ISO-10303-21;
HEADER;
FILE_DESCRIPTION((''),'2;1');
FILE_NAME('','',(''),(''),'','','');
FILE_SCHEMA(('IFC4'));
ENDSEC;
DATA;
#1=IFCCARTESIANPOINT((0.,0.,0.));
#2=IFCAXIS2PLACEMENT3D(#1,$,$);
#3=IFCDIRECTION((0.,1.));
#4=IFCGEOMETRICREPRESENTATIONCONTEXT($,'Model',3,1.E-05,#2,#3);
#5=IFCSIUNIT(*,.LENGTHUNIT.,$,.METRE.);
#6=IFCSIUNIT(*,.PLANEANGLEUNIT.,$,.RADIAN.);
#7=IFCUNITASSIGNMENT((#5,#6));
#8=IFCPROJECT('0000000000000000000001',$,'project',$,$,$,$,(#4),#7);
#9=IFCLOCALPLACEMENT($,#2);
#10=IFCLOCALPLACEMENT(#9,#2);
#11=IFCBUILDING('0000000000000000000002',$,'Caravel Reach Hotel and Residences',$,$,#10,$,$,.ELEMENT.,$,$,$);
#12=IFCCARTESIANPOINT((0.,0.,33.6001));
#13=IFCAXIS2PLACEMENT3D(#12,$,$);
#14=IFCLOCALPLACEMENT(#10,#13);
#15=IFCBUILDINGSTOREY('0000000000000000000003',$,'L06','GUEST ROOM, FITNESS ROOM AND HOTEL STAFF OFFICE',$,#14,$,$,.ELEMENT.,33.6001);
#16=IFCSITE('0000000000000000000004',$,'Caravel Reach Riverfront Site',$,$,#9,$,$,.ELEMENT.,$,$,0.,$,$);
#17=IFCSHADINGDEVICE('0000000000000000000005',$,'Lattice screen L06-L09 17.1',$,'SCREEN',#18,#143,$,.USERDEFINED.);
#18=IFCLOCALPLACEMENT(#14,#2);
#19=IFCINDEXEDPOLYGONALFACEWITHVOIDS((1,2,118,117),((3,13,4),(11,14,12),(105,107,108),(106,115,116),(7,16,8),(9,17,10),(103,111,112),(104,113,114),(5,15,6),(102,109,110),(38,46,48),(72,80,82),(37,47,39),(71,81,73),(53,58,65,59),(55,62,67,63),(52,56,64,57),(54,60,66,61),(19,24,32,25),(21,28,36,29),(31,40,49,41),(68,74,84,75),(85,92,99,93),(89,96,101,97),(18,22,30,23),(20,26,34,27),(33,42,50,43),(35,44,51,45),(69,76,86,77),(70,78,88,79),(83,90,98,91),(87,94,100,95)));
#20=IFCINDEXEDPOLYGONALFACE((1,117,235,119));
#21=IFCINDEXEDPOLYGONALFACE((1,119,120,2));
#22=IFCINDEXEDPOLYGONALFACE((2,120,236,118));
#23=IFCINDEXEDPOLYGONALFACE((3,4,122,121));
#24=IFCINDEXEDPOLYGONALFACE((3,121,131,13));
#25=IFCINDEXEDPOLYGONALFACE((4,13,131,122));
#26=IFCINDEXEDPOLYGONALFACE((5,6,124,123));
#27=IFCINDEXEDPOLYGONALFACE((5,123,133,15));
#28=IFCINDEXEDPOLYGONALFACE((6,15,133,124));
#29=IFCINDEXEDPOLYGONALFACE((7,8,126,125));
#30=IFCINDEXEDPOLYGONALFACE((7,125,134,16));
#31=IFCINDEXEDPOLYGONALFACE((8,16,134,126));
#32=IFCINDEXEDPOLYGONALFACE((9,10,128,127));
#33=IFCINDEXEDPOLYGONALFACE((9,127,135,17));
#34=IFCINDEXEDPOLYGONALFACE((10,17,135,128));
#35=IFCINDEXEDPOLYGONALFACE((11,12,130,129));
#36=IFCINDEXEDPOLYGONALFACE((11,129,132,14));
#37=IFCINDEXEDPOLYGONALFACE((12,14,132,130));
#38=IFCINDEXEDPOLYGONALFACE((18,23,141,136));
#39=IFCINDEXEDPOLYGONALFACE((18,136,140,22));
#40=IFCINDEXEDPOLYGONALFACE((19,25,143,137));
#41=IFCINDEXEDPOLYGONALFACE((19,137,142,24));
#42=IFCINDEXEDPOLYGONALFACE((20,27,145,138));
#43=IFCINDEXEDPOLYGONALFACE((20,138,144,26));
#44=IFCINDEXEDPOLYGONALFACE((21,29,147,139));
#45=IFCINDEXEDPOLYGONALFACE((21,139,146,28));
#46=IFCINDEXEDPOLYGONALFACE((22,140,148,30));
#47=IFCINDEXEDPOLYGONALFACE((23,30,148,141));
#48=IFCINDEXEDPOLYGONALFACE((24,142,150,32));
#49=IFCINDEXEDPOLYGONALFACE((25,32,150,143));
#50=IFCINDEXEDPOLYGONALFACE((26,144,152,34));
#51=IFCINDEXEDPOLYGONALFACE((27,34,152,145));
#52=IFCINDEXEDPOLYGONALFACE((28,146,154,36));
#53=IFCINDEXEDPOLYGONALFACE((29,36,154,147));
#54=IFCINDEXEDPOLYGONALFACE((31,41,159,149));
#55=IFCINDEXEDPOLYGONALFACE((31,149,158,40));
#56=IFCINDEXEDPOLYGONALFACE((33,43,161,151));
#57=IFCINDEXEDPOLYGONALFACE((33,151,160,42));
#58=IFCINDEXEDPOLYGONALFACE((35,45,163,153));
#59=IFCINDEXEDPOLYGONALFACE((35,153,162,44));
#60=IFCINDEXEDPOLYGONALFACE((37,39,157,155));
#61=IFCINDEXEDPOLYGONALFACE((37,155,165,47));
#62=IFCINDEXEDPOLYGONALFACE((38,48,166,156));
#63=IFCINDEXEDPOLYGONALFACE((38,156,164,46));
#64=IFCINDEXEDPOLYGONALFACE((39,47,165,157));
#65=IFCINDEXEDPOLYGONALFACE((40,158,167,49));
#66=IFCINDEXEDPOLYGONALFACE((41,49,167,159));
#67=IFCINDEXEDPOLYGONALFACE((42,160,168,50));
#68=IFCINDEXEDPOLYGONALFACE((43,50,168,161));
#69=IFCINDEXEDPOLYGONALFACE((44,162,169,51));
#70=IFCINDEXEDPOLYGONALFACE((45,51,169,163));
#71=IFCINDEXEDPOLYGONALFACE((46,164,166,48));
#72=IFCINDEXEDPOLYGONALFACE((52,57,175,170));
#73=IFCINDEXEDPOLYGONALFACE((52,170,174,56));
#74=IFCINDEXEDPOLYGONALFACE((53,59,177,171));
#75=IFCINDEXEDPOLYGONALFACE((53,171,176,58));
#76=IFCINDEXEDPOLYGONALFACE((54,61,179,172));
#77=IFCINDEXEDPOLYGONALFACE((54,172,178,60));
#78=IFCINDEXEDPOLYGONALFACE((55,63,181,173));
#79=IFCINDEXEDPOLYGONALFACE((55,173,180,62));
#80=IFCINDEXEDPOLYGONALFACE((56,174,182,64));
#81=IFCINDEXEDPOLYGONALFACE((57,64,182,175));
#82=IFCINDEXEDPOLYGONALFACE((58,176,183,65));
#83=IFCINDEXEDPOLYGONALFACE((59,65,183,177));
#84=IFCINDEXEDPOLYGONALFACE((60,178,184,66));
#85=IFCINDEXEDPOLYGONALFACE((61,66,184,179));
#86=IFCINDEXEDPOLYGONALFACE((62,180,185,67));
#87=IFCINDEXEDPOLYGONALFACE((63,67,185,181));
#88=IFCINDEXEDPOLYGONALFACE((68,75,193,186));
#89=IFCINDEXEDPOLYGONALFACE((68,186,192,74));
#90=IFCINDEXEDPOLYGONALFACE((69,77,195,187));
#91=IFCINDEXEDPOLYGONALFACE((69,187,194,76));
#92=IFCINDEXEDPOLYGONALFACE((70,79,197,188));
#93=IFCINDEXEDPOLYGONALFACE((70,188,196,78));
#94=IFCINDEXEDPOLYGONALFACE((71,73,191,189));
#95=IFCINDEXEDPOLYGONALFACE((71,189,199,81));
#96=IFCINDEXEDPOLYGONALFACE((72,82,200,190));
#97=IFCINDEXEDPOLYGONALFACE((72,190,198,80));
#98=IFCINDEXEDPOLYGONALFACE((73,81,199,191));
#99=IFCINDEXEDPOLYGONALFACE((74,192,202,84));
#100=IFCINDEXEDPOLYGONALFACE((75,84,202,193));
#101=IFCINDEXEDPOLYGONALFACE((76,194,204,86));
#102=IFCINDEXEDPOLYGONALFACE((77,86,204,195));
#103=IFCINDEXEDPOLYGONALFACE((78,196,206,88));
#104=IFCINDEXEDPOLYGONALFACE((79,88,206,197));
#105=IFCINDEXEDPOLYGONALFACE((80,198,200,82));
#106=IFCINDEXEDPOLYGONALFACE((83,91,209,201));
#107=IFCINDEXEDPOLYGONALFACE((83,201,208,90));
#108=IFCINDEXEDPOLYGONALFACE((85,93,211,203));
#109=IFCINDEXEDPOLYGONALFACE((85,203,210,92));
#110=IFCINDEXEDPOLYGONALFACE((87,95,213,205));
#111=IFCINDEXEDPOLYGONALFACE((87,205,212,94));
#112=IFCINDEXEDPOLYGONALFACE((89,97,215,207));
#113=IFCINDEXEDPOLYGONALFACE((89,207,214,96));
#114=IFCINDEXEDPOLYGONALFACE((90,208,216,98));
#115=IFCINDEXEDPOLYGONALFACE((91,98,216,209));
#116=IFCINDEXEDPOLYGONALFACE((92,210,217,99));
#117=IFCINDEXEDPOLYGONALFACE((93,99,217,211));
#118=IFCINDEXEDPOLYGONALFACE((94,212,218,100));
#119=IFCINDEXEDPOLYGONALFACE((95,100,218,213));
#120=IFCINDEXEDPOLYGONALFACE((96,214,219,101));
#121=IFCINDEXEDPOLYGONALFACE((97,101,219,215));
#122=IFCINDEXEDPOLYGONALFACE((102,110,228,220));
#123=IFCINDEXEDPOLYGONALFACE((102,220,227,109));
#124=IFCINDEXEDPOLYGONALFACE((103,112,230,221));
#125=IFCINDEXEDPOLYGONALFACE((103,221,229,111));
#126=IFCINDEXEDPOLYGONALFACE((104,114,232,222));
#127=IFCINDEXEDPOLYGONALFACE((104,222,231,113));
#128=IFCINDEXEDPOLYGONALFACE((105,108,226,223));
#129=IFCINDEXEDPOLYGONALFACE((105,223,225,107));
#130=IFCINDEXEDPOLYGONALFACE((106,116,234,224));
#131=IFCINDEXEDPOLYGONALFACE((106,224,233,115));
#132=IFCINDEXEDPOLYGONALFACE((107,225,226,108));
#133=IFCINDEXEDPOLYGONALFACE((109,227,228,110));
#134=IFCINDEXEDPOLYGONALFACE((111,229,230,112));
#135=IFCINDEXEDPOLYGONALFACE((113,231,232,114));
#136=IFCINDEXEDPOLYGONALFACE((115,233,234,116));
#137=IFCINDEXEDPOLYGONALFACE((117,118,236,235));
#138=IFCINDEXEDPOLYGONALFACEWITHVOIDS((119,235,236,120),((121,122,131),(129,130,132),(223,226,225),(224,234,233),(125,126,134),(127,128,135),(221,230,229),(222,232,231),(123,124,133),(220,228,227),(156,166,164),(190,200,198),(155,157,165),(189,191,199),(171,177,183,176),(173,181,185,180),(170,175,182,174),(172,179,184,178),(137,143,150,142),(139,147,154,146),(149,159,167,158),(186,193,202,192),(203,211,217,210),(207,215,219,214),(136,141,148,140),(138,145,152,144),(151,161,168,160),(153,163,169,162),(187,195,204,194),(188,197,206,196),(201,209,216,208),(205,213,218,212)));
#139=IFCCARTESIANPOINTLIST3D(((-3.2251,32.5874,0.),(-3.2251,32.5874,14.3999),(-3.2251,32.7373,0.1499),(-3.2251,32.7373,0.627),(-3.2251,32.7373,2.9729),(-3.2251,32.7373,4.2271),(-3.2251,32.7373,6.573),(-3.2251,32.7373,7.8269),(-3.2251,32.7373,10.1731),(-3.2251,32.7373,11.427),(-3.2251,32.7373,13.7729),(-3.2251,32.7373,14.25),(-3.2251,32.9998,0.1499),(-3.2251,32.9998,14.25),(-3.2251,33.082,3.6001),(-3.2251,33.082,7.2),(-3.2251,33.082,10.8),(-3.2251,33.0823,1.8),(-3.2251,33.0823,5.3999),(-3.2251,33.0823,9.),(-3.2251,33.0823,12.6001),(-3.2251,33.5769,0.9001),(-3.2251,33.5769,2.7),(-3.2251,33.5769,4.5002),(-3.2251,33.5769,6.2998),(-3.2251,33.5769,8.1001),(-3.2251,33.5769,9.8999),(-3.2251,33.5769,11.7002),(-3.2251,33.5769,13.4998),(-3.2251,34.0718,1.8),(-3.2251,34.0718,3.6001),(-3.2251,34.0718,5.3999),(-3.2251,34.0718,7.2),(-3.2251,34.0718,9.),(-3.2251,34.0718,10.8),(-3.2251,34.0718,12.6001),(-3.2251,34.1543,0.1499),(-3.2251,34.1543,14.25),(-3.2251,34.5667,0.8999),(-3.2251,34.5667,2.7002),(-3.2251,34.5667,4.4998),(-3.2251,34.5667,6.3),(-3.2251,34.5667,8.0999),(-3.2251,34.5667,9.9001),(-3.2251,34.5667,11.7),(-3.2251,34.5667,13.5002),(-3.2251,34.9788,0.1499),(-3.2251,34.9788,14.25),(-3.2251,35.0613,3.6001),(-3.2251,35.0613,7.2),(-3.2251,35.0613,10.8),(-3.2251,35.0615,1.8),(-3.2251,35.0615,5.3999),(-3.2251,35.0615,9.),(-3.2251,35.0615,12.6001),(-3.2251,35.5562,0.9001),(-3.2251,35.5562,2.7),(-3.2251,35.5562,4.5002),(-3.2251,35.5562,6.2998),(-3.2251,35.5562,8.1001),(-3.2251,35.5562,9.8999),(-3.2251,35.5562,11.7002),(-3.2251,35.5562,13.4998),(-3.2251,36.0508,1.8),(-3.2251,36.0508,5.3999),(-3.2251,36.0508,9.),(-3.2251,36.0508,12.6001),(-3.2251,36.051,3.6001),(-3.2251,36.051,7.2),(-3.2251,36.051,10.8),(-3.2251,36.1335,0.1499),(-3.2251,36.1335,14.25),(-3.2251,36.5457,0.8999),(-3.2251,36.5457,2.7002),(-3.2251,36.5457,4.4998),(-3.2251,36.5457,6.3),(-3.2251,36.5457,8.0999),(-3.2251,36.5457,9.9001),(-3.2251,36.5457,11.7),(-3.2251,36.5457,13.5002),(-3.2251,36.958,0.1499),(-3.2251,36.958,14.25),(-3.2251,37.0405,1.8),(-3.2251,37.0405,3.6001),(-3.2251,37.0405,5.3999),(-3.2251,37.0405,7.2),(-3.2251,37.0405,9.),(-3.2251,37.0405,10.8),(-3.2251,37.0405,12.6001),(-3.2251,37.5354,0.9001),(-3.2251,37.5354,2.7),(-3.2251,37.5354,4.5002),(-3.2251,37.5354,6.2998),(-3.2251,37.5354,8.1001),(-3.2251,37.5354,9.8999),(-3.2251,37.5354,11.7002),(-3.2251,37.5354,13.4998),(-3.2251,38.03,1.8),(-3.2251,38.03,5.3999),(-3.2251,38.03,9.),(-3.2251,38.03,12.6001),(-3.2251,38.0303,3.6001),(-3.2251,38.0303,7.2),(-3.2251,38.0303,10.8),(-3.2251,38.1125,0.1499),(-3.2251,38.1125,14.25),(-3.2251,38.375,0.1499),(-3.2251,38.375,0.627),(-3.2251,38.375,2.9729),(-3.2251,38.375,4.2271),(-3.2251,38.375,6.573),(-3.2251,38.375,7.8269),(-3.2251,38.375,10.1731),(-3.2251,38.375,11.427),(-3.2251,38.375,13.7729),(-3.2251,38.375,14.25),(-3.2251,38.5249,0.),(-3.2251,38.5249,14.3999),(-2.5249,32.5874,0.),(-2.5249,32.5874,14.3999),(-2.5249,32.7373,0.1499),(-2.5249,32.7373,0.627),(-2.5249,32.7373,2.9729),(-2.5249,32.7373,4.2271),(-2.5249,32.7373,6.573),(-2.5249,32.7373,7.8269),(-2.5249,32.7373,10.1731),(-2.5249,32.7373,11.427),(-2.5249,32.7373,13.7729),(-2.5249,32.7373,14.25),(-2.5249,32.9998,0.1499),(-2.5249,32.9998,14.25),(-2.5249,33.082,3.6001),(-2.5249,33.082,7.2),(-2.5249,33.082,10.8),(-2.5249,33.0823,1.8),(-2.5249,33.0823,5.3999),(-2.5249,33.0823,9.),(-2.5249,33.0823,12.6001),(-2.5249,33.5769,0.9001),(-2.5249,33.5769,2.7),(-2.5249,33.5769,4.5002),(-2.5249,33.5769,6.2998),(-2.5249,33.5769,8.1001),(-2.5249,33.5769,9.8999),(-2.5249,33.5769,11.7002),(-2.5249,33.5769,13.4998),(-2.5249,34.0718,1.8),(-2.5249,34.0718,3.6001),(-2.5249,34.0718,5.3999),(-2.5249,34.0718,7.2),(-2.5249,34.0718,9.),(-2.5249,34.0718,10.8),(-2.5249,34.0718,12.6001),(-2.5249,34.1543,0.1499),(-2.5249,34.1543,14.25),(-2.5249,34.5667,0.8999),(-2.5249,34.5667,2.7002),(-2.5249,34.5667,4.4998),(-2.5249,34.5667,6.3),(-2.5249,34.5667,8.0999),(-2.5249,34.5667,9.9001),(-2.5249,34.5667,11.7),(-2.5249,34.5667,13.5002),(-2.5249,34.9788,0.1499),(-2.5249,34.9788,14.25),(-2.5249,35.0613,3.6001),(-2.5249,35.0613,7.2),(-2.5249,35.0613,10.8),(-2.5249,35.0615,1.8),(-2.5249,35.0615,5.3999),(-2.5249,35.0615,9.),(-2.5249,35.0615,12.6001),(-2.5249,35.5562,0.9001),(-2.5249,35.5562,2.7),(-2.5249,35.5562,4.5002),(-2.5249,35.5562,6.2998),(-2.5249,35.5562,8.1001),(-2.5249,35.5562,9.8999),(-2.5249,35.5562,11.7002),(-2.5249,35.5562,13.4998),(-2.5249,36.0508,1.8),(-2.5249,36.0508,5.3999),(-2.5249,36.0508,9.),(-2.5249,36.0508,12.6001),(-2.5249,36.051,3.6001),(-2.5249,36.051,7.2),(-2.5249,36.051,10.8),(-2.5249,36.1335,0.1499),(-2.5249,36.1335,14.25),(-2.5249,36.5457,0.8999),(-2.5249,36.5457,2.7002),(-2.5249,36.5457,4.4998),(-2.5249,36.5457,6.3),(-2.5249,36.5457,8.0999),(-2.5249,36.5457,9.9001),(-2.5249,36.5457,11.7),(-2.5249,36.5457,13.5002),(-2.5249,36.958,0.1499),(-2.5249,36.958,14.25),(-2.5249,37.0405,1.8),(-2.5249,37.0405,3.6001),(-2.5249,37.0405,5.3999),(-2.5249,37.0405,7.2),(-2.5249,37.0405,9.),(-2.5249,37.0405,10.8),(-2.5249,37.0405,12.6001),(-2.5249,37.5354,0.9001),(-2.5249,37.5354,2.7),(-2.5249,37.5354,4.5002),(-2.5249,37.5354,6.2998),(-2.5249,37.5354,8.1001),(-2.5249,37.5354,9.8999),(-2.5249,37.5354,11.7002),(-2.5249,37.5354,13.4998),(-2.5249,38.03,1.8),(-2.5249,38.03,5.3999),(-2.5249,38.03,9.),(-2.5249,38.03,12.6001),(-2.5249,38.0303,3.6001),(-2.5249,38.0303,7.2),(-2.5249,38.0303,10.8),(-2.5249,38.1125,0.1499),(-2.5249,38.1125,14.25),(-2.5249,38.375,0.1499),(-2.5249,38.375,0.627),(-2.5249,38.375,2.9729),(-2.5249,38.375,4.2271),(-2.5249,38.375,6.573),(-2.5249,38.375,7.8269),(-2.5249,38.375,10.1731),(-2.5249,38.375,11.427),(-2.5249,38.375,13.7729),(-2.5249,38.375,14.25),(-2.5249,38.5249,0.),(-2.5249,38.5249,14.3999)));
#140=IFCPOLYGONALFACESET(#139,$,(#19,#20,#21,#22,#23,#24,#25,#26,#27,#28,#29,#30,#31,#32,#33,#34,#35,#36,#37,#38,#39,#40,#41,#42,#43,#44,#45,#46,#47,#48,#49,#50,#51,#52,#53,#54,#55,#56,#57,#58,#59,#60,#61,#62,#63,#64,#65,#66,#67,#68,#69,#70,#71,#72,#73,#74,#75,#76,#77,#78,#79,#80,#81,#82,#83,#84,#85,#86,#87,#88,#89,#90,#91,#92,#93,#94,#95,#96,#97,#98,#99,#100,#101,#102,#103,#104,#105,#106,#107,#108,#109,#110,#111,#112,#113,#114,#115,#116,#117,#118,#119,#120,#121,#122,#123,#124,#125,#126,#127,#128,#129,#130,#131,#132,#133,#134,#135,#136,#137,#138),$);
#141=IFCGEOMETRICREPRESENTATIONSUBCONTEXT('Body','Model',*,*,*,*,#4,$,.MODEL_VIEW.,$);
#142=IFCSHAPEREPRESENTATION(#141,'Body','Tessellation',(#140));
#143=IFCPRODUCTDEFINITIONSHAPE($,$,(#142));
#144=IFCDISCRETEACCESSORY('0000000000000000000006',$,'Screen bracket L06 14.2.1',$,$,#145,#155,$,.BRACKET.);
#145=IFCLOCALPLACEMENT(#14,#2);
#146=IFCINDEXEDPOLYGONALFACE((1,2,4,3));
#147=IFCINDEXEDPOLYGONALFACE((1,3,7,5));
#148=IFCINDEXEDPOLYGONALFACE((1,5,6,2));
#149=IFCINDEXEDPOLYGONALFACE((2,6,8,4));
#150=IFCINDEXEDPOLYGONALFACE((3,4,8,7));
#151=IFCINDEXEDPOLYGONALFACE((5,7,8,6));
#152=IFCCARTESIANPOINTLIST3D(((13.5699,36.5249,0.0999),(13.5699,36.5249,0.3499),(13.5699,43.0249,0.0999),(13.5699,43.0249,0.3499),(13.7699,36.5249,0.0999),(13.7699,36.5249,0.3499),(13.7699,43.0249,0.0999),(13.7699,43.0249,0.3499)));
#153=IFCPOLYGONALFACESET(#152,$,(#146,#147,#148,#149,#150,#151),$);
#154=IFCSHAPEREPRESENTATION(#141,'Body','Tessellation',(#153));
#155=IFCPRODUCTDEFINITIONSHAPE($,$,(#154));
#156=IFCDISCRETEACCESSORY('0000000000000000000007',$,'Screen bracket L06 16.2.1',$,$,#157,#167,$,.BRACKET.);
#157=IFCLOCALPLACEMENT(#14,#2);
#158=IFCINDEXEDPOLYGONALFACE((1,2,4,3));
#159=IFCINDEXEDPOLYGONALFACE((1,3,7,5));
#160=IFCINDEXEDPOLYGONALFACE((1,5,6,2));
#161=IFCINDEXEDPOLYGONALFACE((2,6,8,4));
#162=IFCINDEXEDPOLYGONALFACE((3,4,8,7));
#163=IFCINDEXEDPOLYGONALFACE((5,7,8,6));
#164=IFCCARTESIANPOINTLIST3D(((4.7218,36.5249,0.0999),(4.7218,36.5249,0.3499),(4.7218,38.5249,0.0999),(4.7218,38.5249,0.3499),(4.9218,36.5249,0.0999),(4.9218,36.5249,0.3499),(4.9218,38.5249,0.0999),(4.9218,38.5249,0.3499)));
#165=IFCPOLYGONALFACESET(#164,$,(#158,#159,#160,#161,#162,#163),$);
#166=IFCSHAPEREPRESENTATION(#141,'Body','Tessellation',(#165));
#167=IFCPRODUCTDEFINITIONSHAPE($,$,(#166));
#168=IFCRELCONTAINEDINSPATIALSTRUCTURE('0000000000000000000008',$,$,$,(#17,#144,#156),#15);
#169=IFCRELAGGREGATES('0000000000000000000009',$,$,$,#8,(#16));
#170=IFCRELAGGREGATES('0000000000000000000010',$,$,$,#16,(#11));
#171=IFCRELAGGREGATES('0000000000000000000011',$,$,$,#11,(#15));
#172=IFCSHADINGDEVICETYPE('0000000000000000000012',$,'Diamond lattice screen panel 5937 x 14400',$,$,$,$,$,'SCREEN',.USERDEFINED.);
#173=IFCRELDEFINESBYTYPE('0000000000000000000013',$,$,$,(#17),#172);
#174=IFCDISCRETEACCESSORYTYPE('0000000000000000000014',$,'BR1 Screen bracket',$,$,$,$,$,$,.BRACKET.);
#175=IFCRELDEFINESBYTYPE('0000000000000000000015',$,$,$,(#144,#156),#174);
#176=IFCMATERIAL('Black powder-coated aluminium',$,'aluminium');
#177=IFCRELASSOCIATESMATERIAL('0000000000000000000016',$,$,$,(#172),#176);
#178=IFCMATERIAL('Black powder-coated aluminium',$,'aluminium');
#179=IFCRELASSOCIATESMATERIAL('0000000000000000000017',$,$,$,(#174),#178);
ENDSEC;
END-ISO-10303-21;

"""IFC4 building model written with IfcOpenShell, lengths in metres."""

from ifc_helpers import new_model, si_unit, direction, frame, origin, origin_2d, place, context, subcontext, project, spatial, polyline, rectangle, outline, extrude, material, type_object, element, save


model = new_model("IFC4")

# Units and contexts
model_context = context("Model", 3, precision=1e-05, world=origin(), true_north=direction((0.0, 1.0)))
body_context = subcontext(model_context, "Body", "Model", "MODEL_VIEW")
ifc_project = project(units=[si_unit("LENGTHUNIT", "METRE"), si_unit("PLANEANGLEUNIT", "RADIAN")], contexts=[model_context])

# Site, building, storey
site_placement = place(None, origin())
site = spatial("IfcSite", under=ifc_project, at=site_placement, Name="Caravel Reach Riverfront Site", CompositionType="ELEMENT", RefElevation=0.0)
building_placement = place(site_placement, origin())
building = spatial("IfcBuilding", under=site, at=building_placement, Name="Caravel Reach Hotel and Residences", CompositionType="ELEMENT")
storey_placement = place(building_placement, frame((0.0, 0.0, 33.6001)))
storey = spatial("IfcBuildingStorey", under=building, at=storey_placement, Name="L06", Description="GUEST ROOM, FITNESS ROOM AND HOTEL STAFF OFFICE", CompositionType="ELEMENT", Elevation=33.6001)

# Shading device
ifc_material_1 = material(Name="Black powder-coated aluminium", Category="aluminium")
shading_device_type_1 = type_object("IfcShadingDeviceType", Name="Diamond lattice screen panel 5937 x 14400", ElementType="SCREEN", PredefinedType="USERDEFINED", material=ifc_material_1)
shading_device_1_placement = place(storey_placement, frame((-2.5249, 38.5249, 0.0), z_axis=(-1.0, 0.0, 0.0), x_axis=(0.0, -1.0, 0.0)))
element("IfcShadingDevice", 1, at=shading_device_1_placement, inside=storey, type_object=shading_device_type_1, Name="Lattice screen L06-L09 17.1", ObjectType="SCREEN", PredefinedType="USERDEFINED", context=body_context, shape_type="SweptSolid", body=[
    extrude(outline(polyline([(0.0, 0.0), (5.9375, 0.0), (5.9375, 14.3999), (0.0, 14.3999), (0.0, 0.0)]), holes=[polyline([(0.4124, 0.1499), (0.1499, 0.627), (0.1499, 0.1499), (0.4124, 0.1499)]), polyline([(0.4946, 3.6001), (0.1499, 4.2271), (0.1499, 2.9729), (0.4946, 3.6001)]), polyline([(0.4946, 7.2), (0.1499, 7.8269), (0.1499, 6.573), (0.4946, 7.2)]), polyline([(0.4946, 10.8), (0.1499, 11.427), (0.1499, 10.1731), (0.4946, 10.8)]), polyline([(0.1499, 13.7729), (0.4124, 14.25), (0.1499, 14.25), (0.1499, 13.7729)]), polyline([(0.9895, 2.7), (0.4949, 1.8), (0.9895, 0.9001), (1.4844, 1.8), (0.9895, 2.7)]), polyline([(0.9895, 6.2998), (0.4949, 5.3999), (0.9895, 4.5002), (1.4844, 5.3999), (0.9895, 6.2998)]), polyline([(0.9895, 9.8999), (0.4949, 9.0), (0.9895, 8.1001), (1.4844, 9.0), (0.9895, 9.8999)]), polyline([(0.9895, 13.4998), (0.4949, 12.6001), (0.9895, 11.7002), (1.4844, 12.6001), (0.9895, 13.4998)]), polyline([(1.9792, 0.8999), (1.5669, 0.1499), (2.3914, 0.1499), (1.9792, 0.8999)]), polyline([(1.9792, 4.4998), (1.4844, 3.6001), (1.9792, 2.7002), (2.4739, 3.6001), (1.9792, 4.4998)]), polyline([(1.9792, 8.0999), (1.4844, 7.2), (1.9792, 6.3), (2.4739, 7.2), (1.9792, 8.0999)]), polyline([(1.9792, 11.7), (1.4844, 10.8), (1.9792, 9.9001), (2.4739, 10.8), (1.9792, 11.7)]), polyline([(1.9792, 13.5002), (2.3914, 14.25), (1.5669, 14.25), (1.9792, 13.5002)]), polyline([(2.9688, 2.7), (2.4741, 1.8), (2.9688, 0.9001), (3.4634, 1.8), (2.9688, 2.7)]), polyline([(2.9688, 6.2998), (2.4741, 5.3999), (2.9688, 4.5002), (3.4634, 5.3999), (2.9688, 6.2998)]), polyline([(2.9688, 9.8999), (2.4741, 9.0), (2.9688, 8.1001), (3.4634, 9.0), (2.9688, 9.8999)]), polyline([(2.9688, 13.4998), (2.4741, 12.6001), (2.9688, 11.7002), (3.4634, 12.6001), (2.9688, 13.4998)]), polyline([(3.9583, 0.8999), (3.5461, 0.1499), (4.3706, 0.1499), (3.9583, 0.8999)]), polyline([(3.9583, 4.4998), (3.4636, 3.6001), (3.9583, 2.7002), (4.4531, 3.6001), (3.9583, 4.4998)]), polyline([(3.9583, 8.0999), (3.4636, 7.2), (3.9583, 6.3), (4.4531, 7.2), (3.9583, 8.0999)]), polyline([(3.9583, 11.7), (3.4636, 10.8), (3.9583, 9.9001), (4.4531, 10.8), (3.9583, 11.7)]), polyline([(3.9583, 13.5002), (4.3706, 14.25), (3.5461, 14.25), (3.9583, 13.5002)]), polyline([(4.948, 2.7), (4.4531, 1.8), (4.948, 0.9001), (5.4426, 1.8), (4.948, 2.7)]), polyline([(4.948, 6.2998), (4.4531, 5.3999), (4.948, 4.5002), (5.4426, 5.3999), (4.948, 6.2998)]), polyline([(4.948, 9.8999), (4.4531, 9.0), (4.948, 8.1001), (5.4426, 9.0), (4.948, 9.8999)]), polyline([(4.948, 13.4998), (4.4531, 12.6001), (4.948, 11.7002), (5.4426, 12.6001), (4.948, 13.4998)]), polyline([(5.7876, 0.627), (5.5251, 0.1499), (5.7876, 0.1499), (5.7876, 0.627)]), polyline([(5.4429, 3.6001), (5.7876, 2.9729), (5.7876, 4.2271), (5.4429, 3.6001)]), polyline([(5.4429, 7.2), (5.7876, 6.573), (5.7876, 7.8269), (5.4429, 7.2)]), polyline([(5.4429, 10.8), (5.7876, 10.1731), (5.7876, 11.427), (5.4429, 10.8)]), polyline([(5.5251, 14.25), (5.7876, 13.7729), (5.7876, 14.25), (5.5251, 14.25)])]), origin(), (0.0, 0.0, 1.0), 0.7002),
])

# Discrete accessories
ifc_material_2 = material(Name="Black powder-coated aluminium", Category="aluminium")
discrete_accessory_type = type_object("IfcDiscreteAccessoryType", Name="BR1 Screen bracket", PredefinedType="BRACKET", material=ifc_material_2)
discrete_accessory_1_placement = place(storey_placement, frame((13.6699, 39.7749, 0.0999), z_axis=(0.0, 0.0, 1.0), x_axis=(0.0, 1.0, 0.0)))
element("IfcDiscreteAccessory", 2, at=discrete_accessory_1_placement, inside=storey, type_object=discrete_accessory_type, Name="Screen bracket L06 14.2.1", PredefinedType="BRACKET", context=body_context, shape_type="SweptSolid", body=[
    extrude(rectangle(XDim=6.5, YDim=0.2, at=origin_2d()), origin(), (0.0, 0.0, 1.0), 0.25),
])
discrete_accessory_2_placement = place(storey_placement, frame((4.8218, 37.5249, 0.0999), z_axis=(0.0, 0.0, 1.0), x_axis=(0.0, 1.0, 0.0)))
element("IfcDiscreteAccessory", 3, at=discrete_accessory_2_placement, inside=storey, type_object=discrete_accessory_type, Name="Screen bracket L06 16.2.1", PredefinedType="BRACKET", context=body_context, shape_type="SweptSolid", body=[
    extrude(rectangle(XDim=2.0, YDim=0.2, at=origin_2d()), origin(), (0.0, 0.0, 1.0), 0.25),
])

save(model, "model.ifc")
